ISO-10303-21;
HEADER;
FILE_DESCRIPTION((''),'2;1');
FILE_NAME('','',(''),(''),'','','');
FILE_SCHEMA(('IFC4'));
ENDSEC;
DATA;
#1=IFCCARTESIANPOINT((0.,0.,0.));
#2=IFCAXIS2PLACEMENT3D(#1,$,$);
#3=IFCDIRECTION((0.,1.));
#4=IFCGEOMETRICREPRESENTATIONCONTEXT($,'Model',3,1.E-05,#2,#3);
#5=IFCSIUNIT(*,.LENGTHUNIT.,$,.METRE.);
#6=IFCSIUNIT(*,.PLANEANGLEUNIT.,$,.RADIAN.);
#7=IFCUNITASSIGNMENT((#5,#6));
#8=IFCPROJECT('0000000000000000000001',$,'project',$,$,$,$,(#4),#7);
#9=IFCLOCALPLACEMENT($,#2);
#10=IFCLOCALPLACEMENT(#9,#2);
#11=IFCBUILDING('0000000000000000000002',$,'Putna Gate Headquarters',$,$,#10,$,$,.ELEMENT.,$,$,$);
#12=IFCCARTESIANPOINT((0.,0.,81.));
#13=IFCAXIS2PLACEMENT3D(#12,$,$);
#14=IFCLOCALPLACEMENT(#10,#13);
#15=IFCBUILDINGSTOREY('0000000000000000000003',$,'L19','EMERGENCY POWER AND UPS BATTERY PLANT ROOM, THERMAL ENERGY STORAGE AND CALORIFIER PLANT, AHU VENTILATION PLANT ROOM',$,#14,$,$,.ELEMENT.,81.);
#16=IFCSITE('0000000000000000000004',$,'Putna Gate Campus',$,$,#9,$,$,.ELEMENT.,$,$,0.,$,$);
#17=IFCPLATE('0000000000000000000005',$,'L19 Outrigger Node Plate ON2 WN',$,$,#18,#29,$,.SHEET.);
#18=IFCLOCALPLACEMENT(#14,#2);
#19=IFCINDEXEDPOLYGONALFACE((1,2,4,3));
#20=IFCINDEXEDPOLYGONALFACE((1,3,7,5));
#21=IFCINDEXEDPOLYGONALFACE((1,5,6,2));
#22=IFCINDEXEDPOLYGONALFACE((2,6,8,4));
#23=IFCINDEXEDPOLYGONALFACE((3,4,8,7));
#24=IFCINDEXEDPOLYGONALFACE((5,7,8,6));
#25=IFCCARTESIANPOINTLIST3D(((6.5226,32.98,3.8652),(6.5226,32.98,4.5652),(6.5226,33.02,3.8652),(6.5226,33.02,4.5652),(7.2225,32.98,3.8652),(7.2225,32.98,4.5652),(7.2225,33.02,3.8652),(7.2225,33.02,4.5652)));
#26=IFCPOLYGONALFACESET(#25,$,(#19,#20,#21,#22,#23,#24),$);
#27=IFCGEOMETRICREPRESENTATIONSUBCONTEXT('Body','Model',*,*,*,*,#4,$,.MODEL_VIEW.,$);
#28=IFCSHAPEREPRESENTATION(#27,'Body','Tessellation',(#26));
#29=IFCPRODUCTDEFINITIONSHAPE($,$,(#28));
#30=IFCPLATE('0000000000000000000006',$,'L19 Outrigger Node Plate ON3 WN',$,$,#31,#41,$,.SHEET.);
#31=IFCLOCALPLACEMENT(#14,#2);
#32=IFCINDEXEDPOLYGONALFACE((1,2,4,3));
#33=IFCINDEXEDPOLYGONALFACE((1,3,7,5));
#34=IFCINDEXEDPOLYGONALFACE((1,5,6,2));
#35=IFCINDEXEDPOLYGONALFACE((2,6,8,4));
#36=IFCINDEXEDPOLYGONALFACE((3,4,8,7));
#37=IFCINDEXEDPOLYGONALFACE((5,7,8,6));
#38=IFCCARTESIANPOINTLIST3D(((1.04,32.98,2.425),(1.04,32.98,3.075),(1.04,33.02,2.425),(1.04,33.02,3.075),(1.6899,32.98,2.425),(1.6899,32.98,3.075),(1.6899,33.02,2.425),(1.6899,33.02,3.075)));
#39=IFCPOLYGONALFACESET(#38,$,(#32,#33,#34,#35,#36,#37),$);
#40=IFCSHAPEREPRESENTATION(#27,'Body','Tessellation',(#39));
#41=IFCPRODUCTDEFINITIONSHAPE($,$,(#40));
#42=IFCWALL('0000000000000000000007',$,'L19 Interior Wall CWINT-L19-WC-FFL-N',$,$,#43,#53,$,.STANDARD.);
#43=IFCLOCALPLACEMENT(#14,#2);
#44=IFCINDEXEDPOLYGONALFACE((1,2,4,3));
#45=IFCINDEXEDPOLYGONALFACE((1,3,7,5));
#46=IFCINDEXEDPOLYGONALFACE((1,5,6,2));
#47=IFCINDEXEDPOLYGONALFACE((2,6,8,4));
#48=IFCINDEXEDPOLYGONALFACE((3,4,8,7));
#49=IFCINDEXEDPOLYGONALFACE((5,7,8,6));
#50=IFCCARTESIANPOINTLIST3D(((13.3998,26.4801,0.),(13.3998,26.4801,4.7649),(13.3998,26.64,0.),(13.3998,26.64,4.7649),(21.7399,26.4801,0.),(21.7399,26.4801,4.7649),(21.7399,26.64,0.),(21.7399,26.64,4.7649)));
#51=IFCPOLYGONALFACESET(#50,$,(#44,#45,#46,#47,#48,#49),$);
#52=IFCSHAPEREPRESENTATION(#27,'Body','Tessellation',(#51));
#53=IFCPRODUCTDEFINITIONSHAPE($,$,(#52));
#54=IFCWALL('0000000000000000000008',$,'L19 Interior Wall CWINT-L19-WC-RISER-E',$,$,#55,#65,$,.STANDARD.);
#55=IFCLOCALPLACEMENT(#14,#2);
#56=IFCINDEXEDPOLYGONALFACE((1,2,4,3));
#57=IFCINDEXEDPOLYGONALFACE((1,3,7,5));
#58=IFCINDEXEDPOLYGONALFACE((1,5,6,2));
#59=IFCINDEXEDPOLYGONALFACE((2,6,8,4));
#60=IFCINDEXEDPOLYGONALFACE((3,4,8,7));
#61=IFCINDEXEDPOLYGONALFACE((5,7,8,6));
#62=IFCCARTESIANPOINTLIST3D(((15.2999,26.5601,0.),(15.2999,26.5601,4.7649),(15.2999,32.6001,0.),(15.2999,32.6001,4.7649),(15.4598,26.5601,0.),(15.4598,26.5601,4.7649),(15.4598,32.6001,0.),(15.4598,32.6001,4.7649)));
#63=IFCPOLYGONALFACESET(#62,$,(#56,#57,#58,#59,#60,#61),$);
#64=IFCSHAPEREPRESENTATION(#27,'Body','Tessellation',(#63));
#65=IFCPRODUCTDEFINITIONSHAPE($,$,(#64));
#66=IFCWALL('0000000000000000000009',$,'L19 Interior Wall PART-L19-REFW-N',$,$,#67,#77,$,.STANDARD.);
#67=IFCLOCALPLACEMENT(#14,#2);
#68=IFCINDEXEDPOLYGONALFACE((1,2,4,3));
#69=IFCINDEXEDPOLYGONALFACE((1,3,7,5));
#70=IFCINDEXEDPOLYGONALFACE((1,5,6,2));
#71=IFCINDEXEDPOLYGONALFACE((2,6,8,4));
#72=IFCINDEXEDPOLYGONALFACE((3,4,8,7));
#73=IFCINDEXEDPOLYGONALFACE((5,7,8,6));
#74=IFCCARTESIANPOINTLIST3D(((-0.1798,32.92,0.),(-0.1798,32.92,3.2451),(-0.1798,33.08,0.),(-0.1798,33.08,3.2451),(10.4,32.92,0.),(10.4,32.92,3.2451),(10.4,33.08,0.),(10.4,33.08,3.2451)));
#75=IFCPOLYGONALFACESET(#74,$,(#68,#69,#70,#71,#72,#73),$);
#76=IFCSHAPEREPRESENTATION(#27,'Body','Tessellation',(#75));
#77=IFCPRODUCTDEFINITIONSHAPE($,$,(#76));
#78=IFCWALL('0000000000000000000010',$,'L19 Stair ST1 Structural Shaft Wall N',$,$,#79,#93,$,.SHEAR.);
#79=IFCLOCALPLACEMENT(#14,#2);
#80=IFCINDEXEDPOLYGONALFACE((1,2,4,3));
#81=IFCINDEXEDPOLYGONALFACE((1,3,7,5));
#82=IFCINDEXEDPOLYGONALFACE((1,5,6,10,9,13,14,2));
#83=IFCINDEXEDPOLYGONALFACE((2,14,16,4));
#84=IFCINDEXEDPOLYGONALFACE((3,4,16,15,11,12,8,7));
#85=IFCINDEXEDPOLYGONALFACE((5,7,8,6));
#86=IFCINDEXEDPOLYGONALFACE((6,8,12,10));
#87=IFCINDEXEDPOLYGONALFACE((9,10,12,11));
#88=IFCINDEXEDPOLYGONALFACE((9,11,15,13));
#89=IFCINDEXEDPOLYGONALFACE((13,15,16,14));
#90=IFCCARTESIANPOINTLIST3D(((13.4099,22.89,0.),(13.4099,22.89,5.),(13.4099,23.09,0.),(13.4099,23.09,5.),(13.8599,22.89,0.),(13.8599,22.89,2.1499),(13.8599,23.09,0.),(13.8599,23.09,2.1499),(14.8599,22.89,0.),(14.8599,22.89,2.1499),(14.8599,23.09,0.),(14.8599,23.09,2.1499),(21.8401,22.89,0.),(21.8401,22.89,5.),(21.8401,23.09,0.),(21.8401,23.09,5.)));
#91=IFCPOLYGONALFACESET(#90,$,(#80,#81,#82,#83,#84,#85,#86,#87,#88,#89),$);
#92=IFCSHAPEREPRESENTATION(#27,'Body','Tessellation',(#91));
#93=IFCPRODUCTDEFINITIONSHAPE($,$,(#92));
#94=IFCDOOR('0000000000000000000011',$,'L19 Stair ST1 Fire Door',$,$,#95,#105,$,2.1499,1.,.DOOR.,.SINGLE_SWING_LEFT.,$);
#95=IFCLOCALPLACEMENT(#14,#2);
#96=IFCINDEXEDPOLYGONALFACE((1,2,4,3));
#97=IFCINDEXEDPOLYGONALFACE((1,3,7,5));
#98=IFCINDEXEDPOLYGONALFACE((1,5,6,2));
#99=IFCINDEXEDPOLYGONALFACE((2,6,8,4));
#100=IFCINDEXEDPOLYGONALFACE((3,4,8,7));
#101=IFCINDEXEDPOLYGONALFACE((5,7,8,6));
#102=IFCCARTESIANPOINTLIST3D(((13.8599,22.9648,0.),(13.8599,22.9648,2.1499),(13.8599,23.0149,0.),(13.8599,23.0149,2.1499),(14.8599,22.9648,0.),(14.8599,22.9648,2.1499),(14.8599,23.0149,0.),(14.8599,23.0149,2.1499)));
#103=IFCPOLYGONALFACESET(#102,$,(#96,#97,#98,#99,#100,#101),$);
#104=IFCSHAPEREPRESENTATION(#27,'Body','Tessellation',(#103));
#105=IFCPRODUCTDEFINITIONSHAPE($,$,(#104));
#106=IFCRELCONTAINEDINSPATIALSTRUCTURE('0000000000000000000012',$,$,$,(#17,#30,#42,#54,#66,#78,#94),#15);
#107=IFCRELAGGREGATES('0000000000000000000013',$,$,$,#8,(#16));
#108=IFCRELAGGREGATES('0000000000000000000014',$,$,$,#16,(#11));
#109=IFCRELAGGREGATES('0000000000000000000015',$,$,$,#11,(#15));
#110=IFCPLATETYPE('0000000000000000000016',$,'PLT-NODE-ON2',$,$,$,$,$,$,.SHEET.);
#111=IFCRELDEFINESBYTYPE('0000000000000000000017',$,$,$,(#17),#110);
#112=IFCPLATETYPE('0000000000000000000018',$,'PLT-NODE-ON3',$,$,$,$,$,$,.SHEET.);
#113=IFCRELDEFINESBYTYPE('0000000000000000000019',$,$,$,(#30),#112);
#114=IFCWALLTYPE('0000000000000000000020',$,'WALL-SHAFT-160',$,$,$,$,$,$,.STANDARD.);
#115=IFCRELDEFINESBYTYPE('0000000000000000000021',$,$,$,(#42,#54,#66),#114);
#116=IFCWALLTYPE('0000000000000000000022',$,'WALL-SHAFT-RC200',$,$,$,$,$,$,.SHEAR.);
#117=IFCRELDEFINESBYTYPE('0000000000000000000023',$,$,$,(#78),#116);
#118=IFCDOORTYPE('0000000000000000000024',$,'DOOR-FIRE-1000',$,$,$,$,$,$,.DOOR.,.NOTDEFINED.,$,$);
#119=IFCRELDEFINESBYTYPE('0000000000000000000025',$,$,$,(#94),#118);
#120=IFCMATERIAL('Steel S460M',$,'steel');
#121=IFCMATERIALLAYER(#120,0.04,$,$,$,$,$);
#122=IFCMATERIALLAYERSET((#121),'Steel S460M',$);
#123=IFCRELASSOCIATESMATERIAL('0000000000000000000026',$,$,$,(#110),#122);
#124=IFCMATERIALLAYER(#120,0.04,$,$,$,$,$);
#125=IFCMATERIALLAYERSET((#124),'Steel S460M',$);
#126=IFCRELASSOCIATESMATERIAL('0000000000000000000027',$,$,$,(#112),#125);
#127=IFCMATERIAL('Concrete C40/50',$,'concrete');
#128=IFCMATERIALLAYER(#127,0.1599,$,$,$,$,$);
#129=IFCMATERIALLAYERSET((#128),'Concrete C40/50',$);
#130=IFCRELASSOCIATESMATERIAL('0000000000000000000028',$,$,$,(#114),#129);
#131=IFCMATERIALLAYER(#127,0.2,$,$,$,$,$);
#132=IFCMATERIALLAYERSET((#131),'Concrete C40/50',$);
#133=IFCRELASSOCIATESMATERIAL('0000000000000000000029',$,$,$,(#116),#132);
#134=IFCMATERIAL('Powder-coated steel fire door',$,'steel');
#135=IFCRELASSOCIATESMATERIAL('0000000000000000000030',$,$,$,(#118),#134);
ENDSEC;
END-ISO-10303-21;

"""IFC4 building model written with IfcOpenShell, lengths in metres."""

from ifc_helpers import new_model, si_unit, direction, frame, frame_2d, origin, origin_2d, place, context, subcontext, project, spatial, rectangle, extrude, material, layer, layer_set, type_object, element, fill, save


model = new_model("IFC4")

# Units and contexts
model_context = context("Model", 3, precision=1e-05, world=origin(), true_north=direction((0.0, 1.0)))
body_context = subcontext(model_context, "Body", "Model", "MODEL_VIEW")
ifc_project = project(units=[si_unit("LENGTHUNIT", "METRE"), si_unit("PLANEANGLEUNIT", "RADIAN")], contexts=[model_context])

# Site, building, storey
site_placement = place(None, origin())
site = spatial("IfcSite", under=ifc_project, at=site_placement, Name="Putna Gate Campus", CompositionType="ELEMENT", RefElevation=0.0)
building_placement = place(site_placement, origin())
building = spatial("IfcBuilding", under=site, at=building_placement, Name="Putna Gate Headquarters", CompositionType="ELEMENT")
storey_placement = place(building_placement, frame((0.0, 0.0, 81.0)))
storey = spatial("IfcBuildingStorey", under=building, at=storey_placement, Name="L19", Description="EMERGENCY POWER AND UPS BATTERY PLANT ROOM, THERMAL ENERGY STORAGE AND CALORIFIER PLANT, AHU VENTILATION PLANT ROOM", CompositionType="ELEMENT", Elevation=81.0)

# Shared definitions
ifc_material_1 = material(Name="Steel S460M", Category="steel")

# Plates
ifc_layer_1 = layer(ifc_material_1, 0.04)
ifc_layer_set_1 = layer_set([ifc_layer_1], Name="Steel S460M")
plate_type_1 = type_object("IfcPlateType", Name="PLT-NODE-ON2", PredefinedType="SHEET", material=ifc_layer_set_1)
plate_1_placement = place(storey_placement, frame((6.8726, 33.0, 3.8652), z_axis=(0.0, 0.0, 1.0), x_axis=(1.0, 0.0, 0.0)))
element("IfcPlate", 1, at=plate_1_placement, inside=storey, type_object=plate_type_1, Name="L19 Outrigger Node Plate ON2 WN", PredefinedType="SHEET", context=body_context, shape_type="SweptSolid", body=[
    extrude(rectangle(XDim=0.7, YDim=0.04, at=origin_2d()), origin(), (0.0, 0.0, 1.0), 0.7),
])
ifc_layer_2 = layer(ifc_material_1, 0.04)
ifc_layer_set_2 = layer_set([ifc_layer_2], Name="Steel S460M")
plate_type_2 = type_object("IfcPlateType", Name="PLT-NODE-ON3", PredefinedType="SHEET", material=ifc_layer_set_2)
plate_2_placement = place(storey_placement, frame((1.365, 33.0, 2.425), z_axis=(0.0, 0.0, 1.0), x_axis=(1.0, 0.0, 0.0)))
element("IfcPlate", 2, at=plate_2_placement, inside=storey, type_object=plate_type_2, Name="L19 Outrigger Node Plate ON3 WN", PredefinedType="SHEET", context=body_context, shape_type="SweptSolid", body=[
    extrude(rectangle(XDim=0.6499, YDim=0.04, at=origin_2d()), origin(), (0.0, 0.0, 1.0), 0.6499),
])

# Walls
ifc_material_2 = material(Name="Concrete C40/50", Category="concrete")
ifc_layer_3 = layer(ifc_material_2, 0.1599)
ifc_layer_set_3 = layer_set([ifc_layer_3], Name="Concrete C40/50")
wall_type_1 = type_object("IfcWallType", Name="WALL-SHAFT-160", PredefinedType="STANDARD", material=ifc_layer_set_3)
wall_1_placement = place(storey_placement, frame((13.3999, 26.5601, 0.0), z_axis=(0.0, 0.0, 1.0), x_axis=(1.0, 0.0, 0.0)))
element("IfcWall", 3, at=wall_1_placement, inside=storey, type_object=wall_type_1, Name="L19 Interior Wall CWINT-L19-WC-FFL-N", PredefinedType="STANDARD", context=body_context, shape_type="SweptSolid", body=[
    extrude(rectangle(XDim=8.3401, YDim=0.1599, at=frame_2d((4.1699, 0.0))), origin(), (0.0, 0.0, 1.0), 4.7649),
])
wall_2_placement = place(storey_placement, frame((15.3799, 26.5601, 0.0), z_axis=(0.0, 0.0, 1.0), x_axis=(0.0, 1.0, 0.0)))
element("IfcWall", 4, at=wall_2_placement, inside=storey, type_object=wall_type_1, Name="L19 Interior Wall CWINT-L19-WC-RISER-E", PredefinedType="STANDARD", context=body_context, shape_type="SweptSolid", body=[
    extrude(rectangle(XDim=6.04, YDim=0.1599, at=frame_2d((3.02, 0.0))), origin(), (0.0, 0.0, 1.0), 4.7649),
])
wall_3_placement = place(storey_placement, frame((-0.1799, 33.0, 0.0), z_axis=(0.0, 0.0, 1.0), x_axis=(1.0, 0.0, 0.0)))
element("IfcWall", 5, at=wall_3_placement, inside=storey, type_object=wall_type_1, Name="L19 Interior Wall PART-L19-REFW-N", PredefinedType="STANDARD", context=body_context, shape_type="SweptSolid", body=[
    extrude(rectangle(XDim=10.5798, YDim=0.1599, at=frame_2d((5.29, 0.0))), origin(), (0.0, 0.0, 1.0), 3.2451),
])

# Wall, opening, door
ifc_layer_4 = layer(ifc_material_2, 0.2)
ifc_layer_set_4 = layer_set([ifc_layer_4], Name="Concrete C40/50")
wall_type_2 = type_object("IfcWallType", Name="WALL-SHAFT-RC200", PredefinedType="SHEAR", material=ifc_layer_set_4)
wall_4_placement = place(storey_placement, frame((13.4099, 22.99, 0.0), z_axis=(0.0, 0.0, 1.0), x_axis=(1.0, 0.0, 0.0)))
wall_4 = element("IfcWall", 6, at=wall_4_placement, inside=storey, type_object=wall_type_2, Name="L19 Stair ST1 Structural Shaft Wall N", PredefinedType="SHEAR", context=body_context, shape_type="SweptSolid", body=[
    extrude(rectangle(XDim=8.4302, YDim=0.2, at=frame_2d((4.2151, 0.0))), origin(), (0.0, 0.0, 1.0), 5.0),
])
opening_placement = place(wall_4_placement, frame((0.45, 0.0, 0.0)))
opening = element("IfcOpeningElement", 7, at=opening_placement, cuts=wall_4, PredefinedType="OPENING", context=body_context, shape_type="SweptSolid", body=[
    extrude(rectangle(XDim=1.0, YDim=2.1499, at=frame_2d((0.5, 1.075))), frame((0.0, 0.1099, 0.0), z_axis=(0.0, -1.0, 0.0), x_axis=(1.0, 0.0, 0.0)), (0.0, 0.0, 1.0), 0.22),
])
ifc_material_3 = material(Name="Powder-coated steel fire door", Category="steel")
door_type = type_object("IfcDoorType", Name="DOOR-FIRE-1000", OperationType="NOTDEFINED", PredefinedType="DOOR", material=ifc_material_3)
door_placement = place(opening_placement, origin())
door = element("IfcDoor", 8, at=door_placement, inside=storey, type_object=door_type, Name="L19 Stair ST1 Fire Door", OperationType="SINGLE_SWING_LEFT", OverallHeight=2.1499, OverallWidth=1.0, PredefinedType="DOOR", context=body_context, shape_type="SweptSolid", body=[
    extrude(rectangle(XDim=1.0, YDim=2.1499, at=frame_2d((0.5, 1.075))), frame((0.0, 0.0249, 0.0), z_axis=(0.0, -1.0, 0.0), x_axis=(1.0, 0.0, 0.0)), (0.0, 0.0, 1.0), 0.05),
])
fill(opening, door)

save(model, "model.ifc")
